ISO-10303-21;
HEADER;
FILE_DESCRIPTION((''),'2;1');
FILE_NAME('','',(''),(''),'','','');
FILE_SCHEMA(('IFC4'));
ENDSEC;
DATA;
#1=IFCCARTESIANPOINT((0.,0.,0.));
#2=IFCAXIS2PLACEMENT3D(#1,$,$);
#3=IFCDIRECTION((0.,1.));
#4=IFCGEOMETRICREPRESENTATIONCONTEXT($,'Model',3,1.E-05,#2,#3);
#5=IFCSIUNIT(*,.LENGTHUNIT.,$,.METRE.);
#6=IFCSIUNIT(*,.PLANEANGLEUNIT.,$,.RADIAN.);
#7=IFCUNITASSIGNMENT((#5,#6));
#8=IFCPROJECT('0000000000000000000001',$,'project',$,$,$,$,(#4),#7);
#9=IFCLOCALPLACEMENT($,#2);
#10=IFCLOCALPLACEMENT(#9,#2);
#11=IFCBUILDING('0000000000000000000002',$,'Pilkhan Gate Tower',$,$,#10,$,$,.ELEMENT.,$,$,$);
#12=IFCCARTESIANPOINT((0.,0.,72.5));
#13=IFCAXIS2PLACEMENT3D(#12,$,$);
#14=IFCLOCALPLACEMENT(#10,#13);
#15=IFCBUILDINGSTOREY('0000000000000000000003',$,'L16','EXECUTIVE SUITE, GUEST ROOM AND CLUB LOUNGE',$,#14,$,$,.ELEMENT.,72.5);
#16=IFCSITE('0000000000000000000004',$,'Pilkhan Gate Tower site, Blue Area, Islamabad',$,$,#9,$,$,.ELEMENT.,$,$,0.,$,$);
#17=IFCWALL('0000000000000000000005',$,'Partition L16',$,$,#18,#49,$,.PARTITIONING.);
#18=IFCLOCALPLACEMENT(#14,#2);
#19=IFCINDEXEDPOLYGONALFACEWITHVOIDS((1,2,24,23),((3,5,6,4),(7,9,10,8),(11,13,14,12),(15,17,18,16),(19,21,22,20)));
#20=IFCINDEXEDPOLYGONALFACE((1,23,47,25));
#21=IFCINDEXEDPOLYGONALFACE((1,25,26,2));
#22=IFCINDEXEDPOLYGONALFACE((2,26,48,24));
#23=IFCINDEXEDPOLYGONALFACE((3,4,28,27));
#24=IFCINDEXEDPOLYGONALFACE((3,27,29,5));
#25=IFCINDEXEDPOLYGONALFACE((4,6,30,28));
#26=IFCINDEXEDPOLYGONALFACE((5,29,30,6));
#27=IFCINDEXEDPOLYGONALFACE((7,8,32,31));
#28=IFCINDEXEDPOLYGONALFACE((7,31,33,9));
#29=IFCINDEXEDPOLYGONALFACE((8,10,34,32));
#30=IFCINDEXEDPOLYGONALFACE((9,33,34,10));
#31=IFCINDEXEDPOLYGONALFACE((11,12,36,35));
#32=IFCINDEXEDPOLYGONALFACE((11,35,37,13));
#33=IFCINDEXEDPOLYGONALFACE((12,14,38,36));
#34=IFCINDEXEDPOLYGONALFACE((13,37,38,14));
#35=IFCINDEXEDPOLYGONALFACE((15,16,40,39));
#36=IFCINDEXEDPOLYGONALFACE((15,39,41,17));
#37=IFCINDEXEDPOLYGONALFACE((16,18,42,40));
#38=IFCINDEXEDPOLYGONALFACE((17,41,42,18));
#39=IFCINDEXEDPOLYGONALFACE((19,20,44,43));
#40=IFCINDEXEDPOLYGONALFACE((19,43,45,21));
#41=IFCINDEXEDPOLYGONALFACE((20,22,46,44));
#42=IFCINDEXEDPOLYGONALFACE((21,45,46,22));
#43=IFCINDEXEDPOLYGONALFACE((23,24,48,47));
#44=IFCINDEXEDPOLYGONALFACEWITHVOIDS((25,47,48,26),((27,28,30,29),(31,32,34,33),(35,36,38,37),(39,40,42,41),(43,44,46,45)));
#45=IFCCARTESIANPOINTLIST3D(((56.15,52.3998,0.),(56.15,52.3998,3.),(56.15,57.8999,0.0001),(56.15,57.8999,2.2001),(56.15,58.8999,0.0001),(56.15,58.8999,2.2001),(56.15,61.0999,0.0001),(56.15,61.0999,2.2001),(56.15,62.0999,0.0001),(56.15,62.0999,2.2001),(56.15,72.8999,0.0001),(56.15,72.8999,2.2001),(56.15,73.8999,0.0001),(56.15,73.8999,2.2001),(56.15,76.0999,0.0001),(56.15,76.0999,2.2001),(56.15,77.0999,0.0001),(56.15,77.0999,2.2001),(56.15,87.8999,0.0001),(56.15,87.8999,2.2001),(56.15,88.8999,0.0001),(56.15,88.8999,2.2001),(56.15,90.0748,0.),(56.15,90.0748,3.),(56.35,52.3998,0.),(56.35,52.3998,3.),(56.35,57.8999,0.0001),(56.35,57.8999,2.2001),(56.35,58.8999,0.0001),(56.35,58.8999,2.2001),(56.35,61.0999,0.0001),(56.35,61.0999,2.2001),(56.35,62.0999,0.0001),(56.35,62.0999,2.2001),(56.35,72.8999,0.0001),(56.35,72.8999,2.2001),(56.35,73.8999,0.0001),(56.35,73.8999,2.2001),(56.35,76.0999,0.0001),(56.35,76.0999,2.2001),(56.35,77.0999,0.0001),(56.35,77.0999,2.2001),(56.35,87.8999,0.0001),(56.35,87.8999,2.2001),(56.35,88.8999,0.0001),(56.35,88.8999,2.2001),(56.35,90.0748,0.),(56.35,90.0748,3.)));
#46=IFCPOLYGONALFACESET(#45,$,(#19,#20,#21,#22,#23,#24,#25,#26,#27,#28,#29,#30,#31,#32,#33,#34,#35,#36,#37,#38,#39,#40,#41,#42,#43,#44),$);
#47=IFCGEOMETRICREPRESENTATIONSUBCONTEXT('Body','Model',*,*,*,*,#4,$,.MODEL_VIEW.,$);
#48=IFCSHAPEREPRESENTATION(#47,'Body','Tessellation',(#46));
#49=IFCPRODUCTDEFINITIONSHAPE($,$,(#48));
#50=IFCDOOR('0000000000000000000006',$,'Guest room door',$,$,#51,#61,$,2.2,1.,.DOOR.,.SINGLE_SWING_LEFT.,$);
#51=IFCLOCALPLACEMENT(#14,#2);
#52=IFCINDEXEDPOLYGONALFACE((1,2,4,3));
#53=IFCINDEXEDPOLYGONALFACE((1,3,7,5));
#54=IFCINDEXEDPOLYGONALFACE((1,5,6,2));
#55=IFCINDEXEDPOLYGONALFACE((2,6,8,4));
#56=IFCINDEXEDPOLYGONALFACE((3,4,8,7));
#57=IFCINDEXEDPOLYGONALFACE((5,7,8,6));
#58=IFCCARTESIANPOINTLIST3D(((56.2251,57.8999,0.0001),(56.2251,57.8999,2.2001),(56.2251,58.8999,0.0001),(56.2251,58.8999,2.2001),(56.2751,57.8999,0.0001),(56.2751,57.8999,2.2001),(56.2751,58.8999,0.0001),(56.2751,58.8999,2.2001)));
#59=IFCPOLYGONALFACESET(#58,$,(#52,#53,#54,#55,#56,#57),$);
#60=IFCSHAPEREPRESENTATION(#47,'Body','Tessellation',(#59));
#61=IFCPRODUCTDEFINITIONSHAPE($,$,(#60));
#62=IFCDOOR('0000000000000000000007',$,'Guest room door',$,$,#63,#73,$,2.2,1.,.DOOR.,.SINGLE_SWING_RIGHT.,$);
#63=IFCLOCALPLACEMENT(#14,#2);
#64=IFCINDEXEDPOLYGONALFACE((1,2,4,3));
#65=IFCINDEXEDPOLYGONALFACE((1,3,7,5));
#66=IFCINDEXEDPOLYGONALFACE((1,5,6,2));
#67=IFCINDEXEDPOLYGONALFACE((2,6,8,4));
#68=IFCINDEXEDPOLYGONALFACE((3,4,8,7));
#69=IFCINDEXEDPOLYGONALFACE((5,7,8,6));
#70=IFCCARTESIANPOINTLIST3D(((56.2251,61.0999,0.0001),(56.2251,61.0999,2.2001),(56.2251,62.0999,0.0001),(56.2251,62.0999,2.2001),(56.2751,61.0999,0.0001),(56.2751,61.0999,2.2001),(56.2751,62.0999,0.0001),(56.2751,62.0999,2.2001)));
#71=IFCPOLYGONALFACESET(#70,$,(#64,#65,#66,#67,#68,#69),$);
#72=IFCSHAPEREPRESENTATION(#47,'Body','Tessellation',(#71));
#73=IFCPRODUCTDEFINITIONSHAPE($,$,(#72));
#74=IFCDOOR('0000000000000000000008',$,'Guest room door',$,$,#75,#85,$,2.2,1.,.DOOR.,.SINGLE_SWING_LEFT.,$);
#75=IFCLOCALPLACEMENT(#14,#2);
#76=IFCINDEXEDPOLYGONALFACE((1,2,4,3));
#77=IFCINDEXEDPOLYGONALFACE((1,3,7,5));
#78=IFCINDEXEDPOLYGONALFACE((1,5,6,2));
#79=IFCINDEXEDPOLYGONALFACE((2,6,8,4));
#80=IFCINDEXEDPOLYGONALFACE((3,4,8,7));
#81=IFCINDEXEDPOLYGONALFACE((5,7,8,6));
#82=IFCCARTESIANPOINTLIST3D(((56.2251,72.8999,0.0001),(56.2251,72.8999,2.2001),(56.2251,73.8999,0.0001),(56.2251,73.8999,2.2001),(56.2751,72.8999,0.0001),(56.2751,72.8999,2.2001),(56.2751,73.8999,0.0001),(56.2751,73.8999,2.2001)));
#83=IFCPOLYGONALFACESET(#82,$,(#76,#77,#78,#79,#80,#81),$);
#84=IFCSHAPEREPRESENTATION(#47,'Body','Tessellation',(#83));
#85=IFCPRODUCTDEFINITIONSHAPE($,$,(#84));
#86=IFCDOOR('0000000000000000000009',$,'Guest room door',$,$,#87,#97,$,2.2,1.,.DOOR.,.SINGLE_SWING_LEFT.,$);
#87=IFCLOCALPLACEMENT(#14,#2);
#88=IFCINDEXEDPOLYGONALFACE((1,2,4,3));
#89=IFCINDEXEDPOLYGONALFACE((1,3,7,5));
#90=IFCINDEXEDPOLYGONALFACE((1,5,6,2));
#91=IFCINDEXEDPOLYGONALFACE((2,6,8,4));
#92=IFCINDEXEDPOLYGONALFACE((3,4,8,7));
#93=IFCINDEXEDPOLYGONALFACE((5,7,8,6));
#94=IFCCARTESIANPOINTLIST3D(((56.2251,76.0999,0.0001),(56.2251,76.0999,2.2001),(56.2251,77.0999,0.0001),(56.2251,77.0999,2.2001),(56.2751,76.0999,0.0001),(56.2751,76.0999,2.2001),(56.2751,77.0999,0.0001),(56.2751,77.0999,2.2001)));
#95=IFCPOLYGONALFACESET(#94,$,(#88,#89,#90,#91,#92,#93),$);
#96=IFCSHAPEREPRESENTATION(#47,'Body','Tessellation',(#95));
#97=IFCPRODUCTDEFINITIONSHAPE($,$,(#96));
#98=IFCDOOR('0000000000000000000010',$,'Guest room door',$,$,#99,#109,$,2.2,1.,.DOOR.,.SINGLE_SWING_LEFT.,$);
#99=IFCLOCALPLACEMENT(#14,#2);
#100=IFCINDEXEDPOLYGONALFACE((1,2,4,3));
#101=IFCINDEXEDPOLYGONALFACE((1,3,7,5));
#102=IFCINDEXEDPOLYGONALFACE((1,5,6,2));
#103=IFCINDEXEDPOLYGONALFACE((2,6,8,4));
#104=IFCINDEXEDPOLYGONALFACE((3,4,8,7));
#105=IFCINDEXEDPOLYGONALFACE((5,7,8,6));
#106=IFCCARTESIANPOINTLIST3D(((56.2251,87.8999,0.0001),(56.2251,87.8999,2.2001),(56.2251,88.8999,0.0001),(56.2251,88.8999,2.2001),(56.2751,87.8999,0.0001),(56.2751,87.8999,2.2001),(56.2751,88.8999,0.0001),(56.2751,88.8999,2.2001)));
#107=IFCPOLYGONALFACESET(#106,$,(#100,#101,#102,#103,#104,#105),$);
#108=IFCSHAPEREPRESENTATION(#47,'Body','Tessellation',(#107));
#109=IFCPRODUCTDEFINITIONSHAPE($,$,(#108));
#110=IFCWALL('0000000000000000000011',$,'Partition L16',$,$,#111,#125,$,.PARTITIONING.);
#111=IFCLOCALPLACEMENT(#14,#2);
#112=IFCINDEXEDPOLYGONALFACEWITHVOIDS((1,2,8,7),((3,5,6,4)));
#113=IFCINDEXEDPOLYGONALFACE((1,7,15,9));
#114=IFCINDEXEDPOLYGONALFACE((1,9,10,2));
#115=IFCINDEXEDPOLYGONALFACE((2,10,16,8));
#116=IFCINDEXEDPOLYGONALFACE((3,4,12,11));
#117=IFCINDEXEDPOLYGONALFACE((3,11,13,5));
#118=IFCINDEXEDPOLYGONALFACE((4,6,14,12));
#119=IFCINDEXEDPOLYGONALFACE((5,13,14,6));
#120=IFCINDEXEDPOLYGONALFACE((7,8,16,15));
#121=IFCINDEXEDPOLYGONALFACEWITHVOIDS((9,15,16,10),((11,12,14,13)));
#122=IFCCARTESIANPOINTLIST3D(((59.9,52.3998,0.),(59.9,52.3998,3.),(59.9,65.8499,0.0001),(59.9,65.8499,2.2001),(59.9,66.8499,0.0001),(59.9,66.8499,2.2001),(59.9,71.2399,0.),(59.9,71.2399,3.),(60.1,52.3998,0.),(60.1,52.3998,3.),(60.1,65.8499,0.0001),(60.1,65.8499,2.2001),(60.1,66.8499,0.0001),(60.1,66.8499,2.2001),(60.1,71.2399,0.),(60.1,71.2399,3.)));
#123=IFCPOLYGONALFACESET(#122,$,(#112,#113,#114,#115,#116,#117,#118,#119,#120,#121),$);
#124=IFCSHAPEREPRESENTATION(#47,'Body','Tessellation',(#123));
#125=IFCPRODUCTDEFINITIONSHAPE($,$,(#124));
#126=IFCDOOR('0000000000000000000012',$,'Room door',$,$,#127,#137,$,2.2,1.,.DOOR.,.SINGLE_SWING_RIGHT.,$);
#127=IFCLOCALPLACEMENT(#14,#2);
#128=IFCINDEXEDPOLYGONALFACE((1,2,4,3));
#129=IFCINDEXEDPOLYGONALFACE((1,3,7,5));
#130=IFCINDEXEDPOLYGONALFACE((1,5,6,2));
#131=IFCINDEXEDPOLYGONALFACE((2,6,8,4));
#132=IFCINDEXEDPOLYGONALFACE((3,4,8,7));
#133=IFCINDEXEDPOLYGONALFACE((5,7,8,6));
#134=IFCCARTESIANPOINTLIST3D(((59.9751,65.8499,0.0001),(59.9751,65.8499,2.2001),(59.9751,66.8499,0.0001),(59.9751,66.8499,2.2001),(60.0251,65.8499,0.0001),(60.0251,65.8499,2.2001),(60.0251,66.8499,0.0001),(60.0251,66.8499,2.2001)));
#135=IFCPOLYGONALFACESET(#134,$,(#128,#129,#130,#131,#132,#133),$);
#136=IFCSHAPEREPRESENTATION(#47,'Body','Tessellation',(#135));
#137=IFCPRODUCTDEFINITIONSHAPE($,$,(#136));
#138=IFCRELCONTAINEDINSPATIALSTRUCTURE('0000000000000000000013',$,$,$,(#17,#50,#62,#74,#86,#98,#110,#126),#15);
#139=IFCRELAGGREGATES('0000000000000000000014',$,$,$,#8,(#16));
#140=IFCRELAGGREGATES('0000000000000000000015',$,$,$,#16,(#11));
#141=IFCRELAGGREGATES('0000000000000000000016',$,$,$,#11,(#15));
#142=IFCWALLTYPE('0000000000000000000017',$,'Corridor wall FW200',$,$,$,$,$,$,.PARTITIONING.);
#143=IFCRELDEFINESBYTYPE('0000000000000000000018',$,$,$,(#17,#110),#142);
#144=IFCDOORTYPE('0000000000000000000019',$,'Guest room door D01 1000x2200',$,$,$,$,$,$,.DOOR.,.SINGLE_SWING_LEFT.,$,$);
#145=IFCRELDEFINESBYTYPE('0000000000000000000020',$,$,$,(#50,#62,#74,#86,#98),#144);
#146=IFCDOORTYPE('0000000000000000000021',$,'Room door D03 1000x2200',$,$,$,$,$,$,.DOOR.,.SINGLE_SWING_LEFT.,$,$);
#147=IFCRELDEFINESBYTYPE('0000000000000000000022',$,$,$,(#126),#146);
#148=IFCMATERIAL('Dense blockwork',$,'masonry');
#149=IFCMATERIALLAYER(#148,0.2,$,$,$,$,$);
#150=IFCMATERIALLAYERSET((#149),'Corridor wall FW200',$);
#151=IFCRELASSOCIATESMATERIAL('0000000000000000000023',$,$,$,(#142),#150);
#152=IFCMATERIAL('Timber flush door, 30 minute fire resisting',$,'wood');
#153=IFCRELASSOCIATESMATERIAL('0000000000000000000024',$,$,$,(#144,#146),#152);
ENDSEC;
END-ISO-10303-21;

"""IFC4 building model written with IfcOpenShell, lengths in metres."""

from ifc_helpers import new_model, si_unit, direction, frame, frame_2d, origin, place, context, subcontext, project, spatial, rectangle, extrude, material, layer, layer_set, type_object, element, fill, save


model = new_model("IFC4")

# Units and contexts
model_context = context("Model", 3, precision=1e-05, world=origin(), true_north=direction((0.0, 1.0)))
body_context = subcontext(model_context, "Body", "Model", "MODEL_VIEW")
ifc_project = project(units=[si_unit("LENGTHUNIT", "METRE"), si_unit("PLANEANGLEUNIT", "RADIAN")], contexts=[model_context])

# Site, building, storey
site_placement = place(None, origin())
site = spatial("IfcSite", under=ifc_project, at=site_placement, Name="Pilkhan Gate Tower site, Blue Area, Islamabad", CompositionType="ELEMENT", RefElevation=0.0)
building_placement = place(site_placement, origin())
building = spatial("IfcBuilding", under=site, at=building_placement, Name="Pilkhan Gate Tower", CompositionType="ELEMENT")
storey_placement = place(building_placement, frame((0.0, 0.0, 72.5)))
storey = spatial("IfcBuildingStorey", under=building, at=storey_placement, Name="L16", Description="EXECUTIVE SUITE, GUEST ROOM AND CLUB LOUNGE", CompositionType="ELEMENT", Elevation=72.5)

# Wall, openings, doors
ifc_material_1 = material(Name="Dense blockwork", Category="masonry")
ifc_layer_1 = layer(ifc_material_1, 0.2)
ifc_layer_set_1 = layer_set([ifc_layer_1], Name="Corridor wall FW200")
wall_type_1 = type_object("IfcWallType", Name="Corridor wall FW200", PredefinedType="PARTITIONING", material=ifc_layer_set_1)
wall_1_placement = place(storey_placement, frame((56.25, 52.3999, 0.0), z_axis=(0.0, 0.0, 1.0), x_axis=(0.0, 1.0, 0.0)))
wall_1 = element("IfcWall", 1, at=wall_1_placement, inside=storey, type_object=wall_type_1, Name="Partition L16", PredefinedType="PARTITIONING", context=body_context, shape_type="SweptSolid", body=[
    extrude(rectangle(XDim=37.675, YDim=0.2, at=frame_2d((18.8374, 0.0))), origin(), (0.0, 0.0, 1.0), 3.0),
])
opening_1_placement = place(wall_1_placement, frame((5.5, 0.0, 0.0)))
opening_1 = element("IfcOpeningElement", 2, at=opening_1_placement, cuts=wall_1, PredefinedType="OPENING", context=body_context, shape_type="SweptSolid", body=[
    extrude(rectangle(XDim=1.0, YDim=2.2, at=frame_2d((0.5, 1.1001))), frame((0.0, 0.1099, 0.0), z_axis=(0.0, -1.0, 0.0), x_axis=(1.0, 0.0, 0.0)), (0.0, 0.0, 1.0), 0.22),
])
opening_2_placement = place(wall_1_placement, frame((8.7, 0.0, 0.0)))
opening_2 = element("IfcOpeningElement", 3, at=opening_2_placement, cuts=wall_1, PredefinedType="OPENING", context=body_context, shape_type="SweptSolid", body=[
    extrude(rectangle(XDim=1.0, YDim=2.2, at=frame_2d((0.5, 1.1001))), frame((0.0, 0.1099, 0.0), z_axis=(0.0, -1.0, 0.0), x_axis=(1.0, 0.0, 0.0)), (0.0, 0.0, 1.0), 0.22),
])
opening_3_placement = place(wall_1_placement, frame((20.5, 0.0, 0.0)))
opening_3 = element("IfcOpeningElement", 4, at=opening_3_placement, cuts=wall_1, PredefinedType="OPENING", context=body_context, shape_type="SweptSolid", body=[
    extrude(rectangle(XDim=1.0, YDim=2.2, at=frame_2d((0.5, 1.1001))), frame((0.0, 0.1099, 0.0), z_axis=(0.0, -1.0, 0.0), x_axis=(1.0, 0.0, 0.0)), (0.0, 0.0, 1.0), 0.22),
])
opening_4_placement = place(wall_1_placement, frame((23.7, 0.0, 0.0)))
opening_4 = element("IfcOpeningElement", 5, at=opening_4_placement, cuts=wall_1, PredefinedType="OPENING", context=body_context, shape_type="SweptSolid", body=[
    extrude(rectangle(XDim=1.0, YDim=2.2, at=frame_2d((0.5, 1.1001))), frame((0.0, 0.1099, 0.0), z_axis=(0.0, -1.0, 0.0), x_axis=(1.0, 0.0, 0.0)), (0.0, 0.0, 1.0), 0.22),
])
opening_5_placement = place(wall_1_placement, frame((35.5, 0.0, 0.0)))
opening_5 = element("IfcOpeningElement", 6, at=opening_5_placement, cuts=wall_1, PredefinedType="OPENING", context=body_context, shape_type="SweptSolid", body=[
    extrude(rectangle(XDim=1.0, YDim=2.2, at=frame_2d((0.5, 1.1001))), frame((0.0, 0.1099, 0.0), z_axis=(0.0, -1.0, 0.0), x_axis=(1.0, 0.0, 0.0)), (0.0, 0.0, 1.0), 0.22),
])
ifc_material_2 = material(Name="Timber flush door, 30 minute fire resisting", Category="wood")
door_type_1 = type_object("IfcDoorType", Name="Guest room door D01 1000x2200", OperationType="SINGLE_SWING_LEFT", PredefinedType="DOOR", material=ifc_material_2)
door_1_placement = place(opening_1_placement, origin())
door_1 = element("IfcDoor", 7, at=door_1_placement, inside=storey, type_object=door_type_1, Name="Guest room door", OperationType="SINGLE_SWING_LEFT", OverallHeight=2.2, OverallWidth=1.0, PredefinedType="DOOR", context=body_context, shape_type="SweptSolid", body=[
    extrude(rectangle(XDim=1.0, YDim=2.2, at=frame_2d((0.5, 1.1001))), frame((0.0, 0.0249, 0.0), z_axis=(0.0, -1.0, 0.0), x_axis=(1.0, 0.0, 0.0)), (0.0, 0.0, 1.0), 0.05),
])
fill(opening_1, door_1)
door_2_placement = place(opening_2_placement, origin())
door_2 = element("IfcDoor", 8, at=door_2_placement, inside=storey, type_object=door_type_1, Name="Guest room door", OperationType="SINGLE_SWING_RIGHT", OverallHeight=2.2, OverallWidth=1.0, PredefinedType="DOOR", context=body_context, shape_type="SweptSolid", body=[
    extrude(rectangle(XDim=1.0, YDim=2.2, at=frame_2d((0.5, 1.1001))), frame((0.0, 0.0249, 0.0), z_axis=(0.0, -1.0, 0.0), x_axis=(1.0, 0.0, 0.0)), (0.0, 0.0, 1.0), 0.05),
])
fill(opening_2, door_2)
door_3_placement = place(opening_3_placement, origin())
door_3 = element("IfcDoor", 9, at=door_3_placement, inside=storey, type_object=door_type_1, Name="Guest room door", OperationType="SINGLE_SWING_LEFT", OverallHeight=2.2, OverallWidth=1.0, PredefinedType="DOOR", context=body_context, shape_type="SweptSolid", body=[
    extrude(rectangle(XDim=1.0, YDim=2.2, at=frame_2d((0.5, 1.1001))), frame((0.0, 0.0249, 0.0), z_axis=(0.0, -1.0, 0.0), x_axis=(1.0, 0.0, 0.0)), (0.0, 0.0, 1.0), 0.05),
])
fill(opening_3, door_3)
door_4_placement = place(opening_4_placement, origin())
door_4 = element("IfcDoor", 10, at=door_4_placement, inside=storey, type_object=door_type_1, Name="Guest room door", OperationType="SINGLE_SWING_LEFT", OverallHeight=2.2, OverallWidth=1.0, PredefinedType="DOOR", context=body_context, shape_type="SweptSolid", body=[
    extrude(rectangle(XDim=1.0, YDim=2.2, at=frame_2d((0.5, 1.1001))), frame((0.0, 0.0249, 0.0), z_axis=(0.0, -1.0, 0.0), x_axis=(1.0, 0.0, 0.0)), (0.0, 0.0, 1.0), 0.05),
])
fill(opening_4, door_4)
door_5_placement = place(opening_5_placement, origin())
door_5 = element("IfcDoor", 11, at=door_5_placement, inside=storey, type_object=door_type_1, Name="Guest room door", OperationType="SINGLE_SWING_LEFT", OverallHeight=2.2, OverallWidth=1.0, PredefinedType="DOOR", context=body_context, shape_type="SweptSolid", body=[
    extrude(rectangle(XDim=1.0, YDim=2.2, at=frame_2d((0.5, 1.1001))), frame((0.0, 0.0249, 0.0), z_axis=(0.0, -1.0, 0.0), x_axis=(1.0, 0.0, 0.0)), (0.0, 0.0, 1.0), 0.05),
])
fill(opening_5, door_5)

# Wall, opening, door
wall_2_placement = place(storey_placement, frame((60.0, 52.3999, 0.0), z_axis=(0.0, 0.0, 1.0), x_axis=(0.0, 1.0, 0.0)))
wall_2 = element("IfcWall", 12, at=wall_2_placement, inside=storey, type_object=wall_type_1, Name="Partition L16", PredefinedType="PARTITIONING", context=body_context, shape_type="SweptSolid", body=[
    extrude(rectangle(XDim=18.8401, YDim=0.2, at=frame_2d((9.4199, 0.0))), origin(), (0.0, 0.0, 1.0), 3.0),
])
opening_6_placement = place(wall_2_placement, frame((13.45, 0.0, 0.0)))
opening_6 = element("IfcOpeningElement", 13, at=opening_6_placement, cuts=wall_2, PredefinedType="OPENING", context=body_context, shape_type="SweptSolid", body=[
    extrude(rectangle(XDim=1.0, YDim=2.2, at=frame_2d((0.5, 1.1001))), frame((0.0, 0.1099, 0.0), z_axis=(0.0, -1.0, 0.0), x_axis=(1.0, 0.0, 0.0)), (0.0, 0.0, 1.0), 0.22),
])
door_type_2 = type_object("IfcDoorType", Name="Room door D03 1000x2200", OperationType="SINGLE_SWING_LEFT", PredefinedType="DOOR", material=ifc_material_2)
door_6_placement = place(opening_6_placement, origin())
door_6 = element("IfcDoor", 14, at=door_6_placement, inside=storey, type_object=door_type_2, Name="Room door", OperationType="SINGLE_SWING_RIGHT", OverallHeight=2.2, OverallWidth=1.0, PredefinedType="DOOR", context=body_context, shape_type="SweptSolid", body=[
    extrude(rectangle(XDim=1.0, YDim=2.2, at=frame_2d((0.5, 1.1001))), frame((0.0, 0.0249, 0.0), z_axis=(0.0, -1.0, 0.0), x_axis=(1.0, 0.0, 0.0)), (0.0, 0.0, 1.0), 0.05),
])
fill(opening_6, door_6)

save(model, "model.ifc")
